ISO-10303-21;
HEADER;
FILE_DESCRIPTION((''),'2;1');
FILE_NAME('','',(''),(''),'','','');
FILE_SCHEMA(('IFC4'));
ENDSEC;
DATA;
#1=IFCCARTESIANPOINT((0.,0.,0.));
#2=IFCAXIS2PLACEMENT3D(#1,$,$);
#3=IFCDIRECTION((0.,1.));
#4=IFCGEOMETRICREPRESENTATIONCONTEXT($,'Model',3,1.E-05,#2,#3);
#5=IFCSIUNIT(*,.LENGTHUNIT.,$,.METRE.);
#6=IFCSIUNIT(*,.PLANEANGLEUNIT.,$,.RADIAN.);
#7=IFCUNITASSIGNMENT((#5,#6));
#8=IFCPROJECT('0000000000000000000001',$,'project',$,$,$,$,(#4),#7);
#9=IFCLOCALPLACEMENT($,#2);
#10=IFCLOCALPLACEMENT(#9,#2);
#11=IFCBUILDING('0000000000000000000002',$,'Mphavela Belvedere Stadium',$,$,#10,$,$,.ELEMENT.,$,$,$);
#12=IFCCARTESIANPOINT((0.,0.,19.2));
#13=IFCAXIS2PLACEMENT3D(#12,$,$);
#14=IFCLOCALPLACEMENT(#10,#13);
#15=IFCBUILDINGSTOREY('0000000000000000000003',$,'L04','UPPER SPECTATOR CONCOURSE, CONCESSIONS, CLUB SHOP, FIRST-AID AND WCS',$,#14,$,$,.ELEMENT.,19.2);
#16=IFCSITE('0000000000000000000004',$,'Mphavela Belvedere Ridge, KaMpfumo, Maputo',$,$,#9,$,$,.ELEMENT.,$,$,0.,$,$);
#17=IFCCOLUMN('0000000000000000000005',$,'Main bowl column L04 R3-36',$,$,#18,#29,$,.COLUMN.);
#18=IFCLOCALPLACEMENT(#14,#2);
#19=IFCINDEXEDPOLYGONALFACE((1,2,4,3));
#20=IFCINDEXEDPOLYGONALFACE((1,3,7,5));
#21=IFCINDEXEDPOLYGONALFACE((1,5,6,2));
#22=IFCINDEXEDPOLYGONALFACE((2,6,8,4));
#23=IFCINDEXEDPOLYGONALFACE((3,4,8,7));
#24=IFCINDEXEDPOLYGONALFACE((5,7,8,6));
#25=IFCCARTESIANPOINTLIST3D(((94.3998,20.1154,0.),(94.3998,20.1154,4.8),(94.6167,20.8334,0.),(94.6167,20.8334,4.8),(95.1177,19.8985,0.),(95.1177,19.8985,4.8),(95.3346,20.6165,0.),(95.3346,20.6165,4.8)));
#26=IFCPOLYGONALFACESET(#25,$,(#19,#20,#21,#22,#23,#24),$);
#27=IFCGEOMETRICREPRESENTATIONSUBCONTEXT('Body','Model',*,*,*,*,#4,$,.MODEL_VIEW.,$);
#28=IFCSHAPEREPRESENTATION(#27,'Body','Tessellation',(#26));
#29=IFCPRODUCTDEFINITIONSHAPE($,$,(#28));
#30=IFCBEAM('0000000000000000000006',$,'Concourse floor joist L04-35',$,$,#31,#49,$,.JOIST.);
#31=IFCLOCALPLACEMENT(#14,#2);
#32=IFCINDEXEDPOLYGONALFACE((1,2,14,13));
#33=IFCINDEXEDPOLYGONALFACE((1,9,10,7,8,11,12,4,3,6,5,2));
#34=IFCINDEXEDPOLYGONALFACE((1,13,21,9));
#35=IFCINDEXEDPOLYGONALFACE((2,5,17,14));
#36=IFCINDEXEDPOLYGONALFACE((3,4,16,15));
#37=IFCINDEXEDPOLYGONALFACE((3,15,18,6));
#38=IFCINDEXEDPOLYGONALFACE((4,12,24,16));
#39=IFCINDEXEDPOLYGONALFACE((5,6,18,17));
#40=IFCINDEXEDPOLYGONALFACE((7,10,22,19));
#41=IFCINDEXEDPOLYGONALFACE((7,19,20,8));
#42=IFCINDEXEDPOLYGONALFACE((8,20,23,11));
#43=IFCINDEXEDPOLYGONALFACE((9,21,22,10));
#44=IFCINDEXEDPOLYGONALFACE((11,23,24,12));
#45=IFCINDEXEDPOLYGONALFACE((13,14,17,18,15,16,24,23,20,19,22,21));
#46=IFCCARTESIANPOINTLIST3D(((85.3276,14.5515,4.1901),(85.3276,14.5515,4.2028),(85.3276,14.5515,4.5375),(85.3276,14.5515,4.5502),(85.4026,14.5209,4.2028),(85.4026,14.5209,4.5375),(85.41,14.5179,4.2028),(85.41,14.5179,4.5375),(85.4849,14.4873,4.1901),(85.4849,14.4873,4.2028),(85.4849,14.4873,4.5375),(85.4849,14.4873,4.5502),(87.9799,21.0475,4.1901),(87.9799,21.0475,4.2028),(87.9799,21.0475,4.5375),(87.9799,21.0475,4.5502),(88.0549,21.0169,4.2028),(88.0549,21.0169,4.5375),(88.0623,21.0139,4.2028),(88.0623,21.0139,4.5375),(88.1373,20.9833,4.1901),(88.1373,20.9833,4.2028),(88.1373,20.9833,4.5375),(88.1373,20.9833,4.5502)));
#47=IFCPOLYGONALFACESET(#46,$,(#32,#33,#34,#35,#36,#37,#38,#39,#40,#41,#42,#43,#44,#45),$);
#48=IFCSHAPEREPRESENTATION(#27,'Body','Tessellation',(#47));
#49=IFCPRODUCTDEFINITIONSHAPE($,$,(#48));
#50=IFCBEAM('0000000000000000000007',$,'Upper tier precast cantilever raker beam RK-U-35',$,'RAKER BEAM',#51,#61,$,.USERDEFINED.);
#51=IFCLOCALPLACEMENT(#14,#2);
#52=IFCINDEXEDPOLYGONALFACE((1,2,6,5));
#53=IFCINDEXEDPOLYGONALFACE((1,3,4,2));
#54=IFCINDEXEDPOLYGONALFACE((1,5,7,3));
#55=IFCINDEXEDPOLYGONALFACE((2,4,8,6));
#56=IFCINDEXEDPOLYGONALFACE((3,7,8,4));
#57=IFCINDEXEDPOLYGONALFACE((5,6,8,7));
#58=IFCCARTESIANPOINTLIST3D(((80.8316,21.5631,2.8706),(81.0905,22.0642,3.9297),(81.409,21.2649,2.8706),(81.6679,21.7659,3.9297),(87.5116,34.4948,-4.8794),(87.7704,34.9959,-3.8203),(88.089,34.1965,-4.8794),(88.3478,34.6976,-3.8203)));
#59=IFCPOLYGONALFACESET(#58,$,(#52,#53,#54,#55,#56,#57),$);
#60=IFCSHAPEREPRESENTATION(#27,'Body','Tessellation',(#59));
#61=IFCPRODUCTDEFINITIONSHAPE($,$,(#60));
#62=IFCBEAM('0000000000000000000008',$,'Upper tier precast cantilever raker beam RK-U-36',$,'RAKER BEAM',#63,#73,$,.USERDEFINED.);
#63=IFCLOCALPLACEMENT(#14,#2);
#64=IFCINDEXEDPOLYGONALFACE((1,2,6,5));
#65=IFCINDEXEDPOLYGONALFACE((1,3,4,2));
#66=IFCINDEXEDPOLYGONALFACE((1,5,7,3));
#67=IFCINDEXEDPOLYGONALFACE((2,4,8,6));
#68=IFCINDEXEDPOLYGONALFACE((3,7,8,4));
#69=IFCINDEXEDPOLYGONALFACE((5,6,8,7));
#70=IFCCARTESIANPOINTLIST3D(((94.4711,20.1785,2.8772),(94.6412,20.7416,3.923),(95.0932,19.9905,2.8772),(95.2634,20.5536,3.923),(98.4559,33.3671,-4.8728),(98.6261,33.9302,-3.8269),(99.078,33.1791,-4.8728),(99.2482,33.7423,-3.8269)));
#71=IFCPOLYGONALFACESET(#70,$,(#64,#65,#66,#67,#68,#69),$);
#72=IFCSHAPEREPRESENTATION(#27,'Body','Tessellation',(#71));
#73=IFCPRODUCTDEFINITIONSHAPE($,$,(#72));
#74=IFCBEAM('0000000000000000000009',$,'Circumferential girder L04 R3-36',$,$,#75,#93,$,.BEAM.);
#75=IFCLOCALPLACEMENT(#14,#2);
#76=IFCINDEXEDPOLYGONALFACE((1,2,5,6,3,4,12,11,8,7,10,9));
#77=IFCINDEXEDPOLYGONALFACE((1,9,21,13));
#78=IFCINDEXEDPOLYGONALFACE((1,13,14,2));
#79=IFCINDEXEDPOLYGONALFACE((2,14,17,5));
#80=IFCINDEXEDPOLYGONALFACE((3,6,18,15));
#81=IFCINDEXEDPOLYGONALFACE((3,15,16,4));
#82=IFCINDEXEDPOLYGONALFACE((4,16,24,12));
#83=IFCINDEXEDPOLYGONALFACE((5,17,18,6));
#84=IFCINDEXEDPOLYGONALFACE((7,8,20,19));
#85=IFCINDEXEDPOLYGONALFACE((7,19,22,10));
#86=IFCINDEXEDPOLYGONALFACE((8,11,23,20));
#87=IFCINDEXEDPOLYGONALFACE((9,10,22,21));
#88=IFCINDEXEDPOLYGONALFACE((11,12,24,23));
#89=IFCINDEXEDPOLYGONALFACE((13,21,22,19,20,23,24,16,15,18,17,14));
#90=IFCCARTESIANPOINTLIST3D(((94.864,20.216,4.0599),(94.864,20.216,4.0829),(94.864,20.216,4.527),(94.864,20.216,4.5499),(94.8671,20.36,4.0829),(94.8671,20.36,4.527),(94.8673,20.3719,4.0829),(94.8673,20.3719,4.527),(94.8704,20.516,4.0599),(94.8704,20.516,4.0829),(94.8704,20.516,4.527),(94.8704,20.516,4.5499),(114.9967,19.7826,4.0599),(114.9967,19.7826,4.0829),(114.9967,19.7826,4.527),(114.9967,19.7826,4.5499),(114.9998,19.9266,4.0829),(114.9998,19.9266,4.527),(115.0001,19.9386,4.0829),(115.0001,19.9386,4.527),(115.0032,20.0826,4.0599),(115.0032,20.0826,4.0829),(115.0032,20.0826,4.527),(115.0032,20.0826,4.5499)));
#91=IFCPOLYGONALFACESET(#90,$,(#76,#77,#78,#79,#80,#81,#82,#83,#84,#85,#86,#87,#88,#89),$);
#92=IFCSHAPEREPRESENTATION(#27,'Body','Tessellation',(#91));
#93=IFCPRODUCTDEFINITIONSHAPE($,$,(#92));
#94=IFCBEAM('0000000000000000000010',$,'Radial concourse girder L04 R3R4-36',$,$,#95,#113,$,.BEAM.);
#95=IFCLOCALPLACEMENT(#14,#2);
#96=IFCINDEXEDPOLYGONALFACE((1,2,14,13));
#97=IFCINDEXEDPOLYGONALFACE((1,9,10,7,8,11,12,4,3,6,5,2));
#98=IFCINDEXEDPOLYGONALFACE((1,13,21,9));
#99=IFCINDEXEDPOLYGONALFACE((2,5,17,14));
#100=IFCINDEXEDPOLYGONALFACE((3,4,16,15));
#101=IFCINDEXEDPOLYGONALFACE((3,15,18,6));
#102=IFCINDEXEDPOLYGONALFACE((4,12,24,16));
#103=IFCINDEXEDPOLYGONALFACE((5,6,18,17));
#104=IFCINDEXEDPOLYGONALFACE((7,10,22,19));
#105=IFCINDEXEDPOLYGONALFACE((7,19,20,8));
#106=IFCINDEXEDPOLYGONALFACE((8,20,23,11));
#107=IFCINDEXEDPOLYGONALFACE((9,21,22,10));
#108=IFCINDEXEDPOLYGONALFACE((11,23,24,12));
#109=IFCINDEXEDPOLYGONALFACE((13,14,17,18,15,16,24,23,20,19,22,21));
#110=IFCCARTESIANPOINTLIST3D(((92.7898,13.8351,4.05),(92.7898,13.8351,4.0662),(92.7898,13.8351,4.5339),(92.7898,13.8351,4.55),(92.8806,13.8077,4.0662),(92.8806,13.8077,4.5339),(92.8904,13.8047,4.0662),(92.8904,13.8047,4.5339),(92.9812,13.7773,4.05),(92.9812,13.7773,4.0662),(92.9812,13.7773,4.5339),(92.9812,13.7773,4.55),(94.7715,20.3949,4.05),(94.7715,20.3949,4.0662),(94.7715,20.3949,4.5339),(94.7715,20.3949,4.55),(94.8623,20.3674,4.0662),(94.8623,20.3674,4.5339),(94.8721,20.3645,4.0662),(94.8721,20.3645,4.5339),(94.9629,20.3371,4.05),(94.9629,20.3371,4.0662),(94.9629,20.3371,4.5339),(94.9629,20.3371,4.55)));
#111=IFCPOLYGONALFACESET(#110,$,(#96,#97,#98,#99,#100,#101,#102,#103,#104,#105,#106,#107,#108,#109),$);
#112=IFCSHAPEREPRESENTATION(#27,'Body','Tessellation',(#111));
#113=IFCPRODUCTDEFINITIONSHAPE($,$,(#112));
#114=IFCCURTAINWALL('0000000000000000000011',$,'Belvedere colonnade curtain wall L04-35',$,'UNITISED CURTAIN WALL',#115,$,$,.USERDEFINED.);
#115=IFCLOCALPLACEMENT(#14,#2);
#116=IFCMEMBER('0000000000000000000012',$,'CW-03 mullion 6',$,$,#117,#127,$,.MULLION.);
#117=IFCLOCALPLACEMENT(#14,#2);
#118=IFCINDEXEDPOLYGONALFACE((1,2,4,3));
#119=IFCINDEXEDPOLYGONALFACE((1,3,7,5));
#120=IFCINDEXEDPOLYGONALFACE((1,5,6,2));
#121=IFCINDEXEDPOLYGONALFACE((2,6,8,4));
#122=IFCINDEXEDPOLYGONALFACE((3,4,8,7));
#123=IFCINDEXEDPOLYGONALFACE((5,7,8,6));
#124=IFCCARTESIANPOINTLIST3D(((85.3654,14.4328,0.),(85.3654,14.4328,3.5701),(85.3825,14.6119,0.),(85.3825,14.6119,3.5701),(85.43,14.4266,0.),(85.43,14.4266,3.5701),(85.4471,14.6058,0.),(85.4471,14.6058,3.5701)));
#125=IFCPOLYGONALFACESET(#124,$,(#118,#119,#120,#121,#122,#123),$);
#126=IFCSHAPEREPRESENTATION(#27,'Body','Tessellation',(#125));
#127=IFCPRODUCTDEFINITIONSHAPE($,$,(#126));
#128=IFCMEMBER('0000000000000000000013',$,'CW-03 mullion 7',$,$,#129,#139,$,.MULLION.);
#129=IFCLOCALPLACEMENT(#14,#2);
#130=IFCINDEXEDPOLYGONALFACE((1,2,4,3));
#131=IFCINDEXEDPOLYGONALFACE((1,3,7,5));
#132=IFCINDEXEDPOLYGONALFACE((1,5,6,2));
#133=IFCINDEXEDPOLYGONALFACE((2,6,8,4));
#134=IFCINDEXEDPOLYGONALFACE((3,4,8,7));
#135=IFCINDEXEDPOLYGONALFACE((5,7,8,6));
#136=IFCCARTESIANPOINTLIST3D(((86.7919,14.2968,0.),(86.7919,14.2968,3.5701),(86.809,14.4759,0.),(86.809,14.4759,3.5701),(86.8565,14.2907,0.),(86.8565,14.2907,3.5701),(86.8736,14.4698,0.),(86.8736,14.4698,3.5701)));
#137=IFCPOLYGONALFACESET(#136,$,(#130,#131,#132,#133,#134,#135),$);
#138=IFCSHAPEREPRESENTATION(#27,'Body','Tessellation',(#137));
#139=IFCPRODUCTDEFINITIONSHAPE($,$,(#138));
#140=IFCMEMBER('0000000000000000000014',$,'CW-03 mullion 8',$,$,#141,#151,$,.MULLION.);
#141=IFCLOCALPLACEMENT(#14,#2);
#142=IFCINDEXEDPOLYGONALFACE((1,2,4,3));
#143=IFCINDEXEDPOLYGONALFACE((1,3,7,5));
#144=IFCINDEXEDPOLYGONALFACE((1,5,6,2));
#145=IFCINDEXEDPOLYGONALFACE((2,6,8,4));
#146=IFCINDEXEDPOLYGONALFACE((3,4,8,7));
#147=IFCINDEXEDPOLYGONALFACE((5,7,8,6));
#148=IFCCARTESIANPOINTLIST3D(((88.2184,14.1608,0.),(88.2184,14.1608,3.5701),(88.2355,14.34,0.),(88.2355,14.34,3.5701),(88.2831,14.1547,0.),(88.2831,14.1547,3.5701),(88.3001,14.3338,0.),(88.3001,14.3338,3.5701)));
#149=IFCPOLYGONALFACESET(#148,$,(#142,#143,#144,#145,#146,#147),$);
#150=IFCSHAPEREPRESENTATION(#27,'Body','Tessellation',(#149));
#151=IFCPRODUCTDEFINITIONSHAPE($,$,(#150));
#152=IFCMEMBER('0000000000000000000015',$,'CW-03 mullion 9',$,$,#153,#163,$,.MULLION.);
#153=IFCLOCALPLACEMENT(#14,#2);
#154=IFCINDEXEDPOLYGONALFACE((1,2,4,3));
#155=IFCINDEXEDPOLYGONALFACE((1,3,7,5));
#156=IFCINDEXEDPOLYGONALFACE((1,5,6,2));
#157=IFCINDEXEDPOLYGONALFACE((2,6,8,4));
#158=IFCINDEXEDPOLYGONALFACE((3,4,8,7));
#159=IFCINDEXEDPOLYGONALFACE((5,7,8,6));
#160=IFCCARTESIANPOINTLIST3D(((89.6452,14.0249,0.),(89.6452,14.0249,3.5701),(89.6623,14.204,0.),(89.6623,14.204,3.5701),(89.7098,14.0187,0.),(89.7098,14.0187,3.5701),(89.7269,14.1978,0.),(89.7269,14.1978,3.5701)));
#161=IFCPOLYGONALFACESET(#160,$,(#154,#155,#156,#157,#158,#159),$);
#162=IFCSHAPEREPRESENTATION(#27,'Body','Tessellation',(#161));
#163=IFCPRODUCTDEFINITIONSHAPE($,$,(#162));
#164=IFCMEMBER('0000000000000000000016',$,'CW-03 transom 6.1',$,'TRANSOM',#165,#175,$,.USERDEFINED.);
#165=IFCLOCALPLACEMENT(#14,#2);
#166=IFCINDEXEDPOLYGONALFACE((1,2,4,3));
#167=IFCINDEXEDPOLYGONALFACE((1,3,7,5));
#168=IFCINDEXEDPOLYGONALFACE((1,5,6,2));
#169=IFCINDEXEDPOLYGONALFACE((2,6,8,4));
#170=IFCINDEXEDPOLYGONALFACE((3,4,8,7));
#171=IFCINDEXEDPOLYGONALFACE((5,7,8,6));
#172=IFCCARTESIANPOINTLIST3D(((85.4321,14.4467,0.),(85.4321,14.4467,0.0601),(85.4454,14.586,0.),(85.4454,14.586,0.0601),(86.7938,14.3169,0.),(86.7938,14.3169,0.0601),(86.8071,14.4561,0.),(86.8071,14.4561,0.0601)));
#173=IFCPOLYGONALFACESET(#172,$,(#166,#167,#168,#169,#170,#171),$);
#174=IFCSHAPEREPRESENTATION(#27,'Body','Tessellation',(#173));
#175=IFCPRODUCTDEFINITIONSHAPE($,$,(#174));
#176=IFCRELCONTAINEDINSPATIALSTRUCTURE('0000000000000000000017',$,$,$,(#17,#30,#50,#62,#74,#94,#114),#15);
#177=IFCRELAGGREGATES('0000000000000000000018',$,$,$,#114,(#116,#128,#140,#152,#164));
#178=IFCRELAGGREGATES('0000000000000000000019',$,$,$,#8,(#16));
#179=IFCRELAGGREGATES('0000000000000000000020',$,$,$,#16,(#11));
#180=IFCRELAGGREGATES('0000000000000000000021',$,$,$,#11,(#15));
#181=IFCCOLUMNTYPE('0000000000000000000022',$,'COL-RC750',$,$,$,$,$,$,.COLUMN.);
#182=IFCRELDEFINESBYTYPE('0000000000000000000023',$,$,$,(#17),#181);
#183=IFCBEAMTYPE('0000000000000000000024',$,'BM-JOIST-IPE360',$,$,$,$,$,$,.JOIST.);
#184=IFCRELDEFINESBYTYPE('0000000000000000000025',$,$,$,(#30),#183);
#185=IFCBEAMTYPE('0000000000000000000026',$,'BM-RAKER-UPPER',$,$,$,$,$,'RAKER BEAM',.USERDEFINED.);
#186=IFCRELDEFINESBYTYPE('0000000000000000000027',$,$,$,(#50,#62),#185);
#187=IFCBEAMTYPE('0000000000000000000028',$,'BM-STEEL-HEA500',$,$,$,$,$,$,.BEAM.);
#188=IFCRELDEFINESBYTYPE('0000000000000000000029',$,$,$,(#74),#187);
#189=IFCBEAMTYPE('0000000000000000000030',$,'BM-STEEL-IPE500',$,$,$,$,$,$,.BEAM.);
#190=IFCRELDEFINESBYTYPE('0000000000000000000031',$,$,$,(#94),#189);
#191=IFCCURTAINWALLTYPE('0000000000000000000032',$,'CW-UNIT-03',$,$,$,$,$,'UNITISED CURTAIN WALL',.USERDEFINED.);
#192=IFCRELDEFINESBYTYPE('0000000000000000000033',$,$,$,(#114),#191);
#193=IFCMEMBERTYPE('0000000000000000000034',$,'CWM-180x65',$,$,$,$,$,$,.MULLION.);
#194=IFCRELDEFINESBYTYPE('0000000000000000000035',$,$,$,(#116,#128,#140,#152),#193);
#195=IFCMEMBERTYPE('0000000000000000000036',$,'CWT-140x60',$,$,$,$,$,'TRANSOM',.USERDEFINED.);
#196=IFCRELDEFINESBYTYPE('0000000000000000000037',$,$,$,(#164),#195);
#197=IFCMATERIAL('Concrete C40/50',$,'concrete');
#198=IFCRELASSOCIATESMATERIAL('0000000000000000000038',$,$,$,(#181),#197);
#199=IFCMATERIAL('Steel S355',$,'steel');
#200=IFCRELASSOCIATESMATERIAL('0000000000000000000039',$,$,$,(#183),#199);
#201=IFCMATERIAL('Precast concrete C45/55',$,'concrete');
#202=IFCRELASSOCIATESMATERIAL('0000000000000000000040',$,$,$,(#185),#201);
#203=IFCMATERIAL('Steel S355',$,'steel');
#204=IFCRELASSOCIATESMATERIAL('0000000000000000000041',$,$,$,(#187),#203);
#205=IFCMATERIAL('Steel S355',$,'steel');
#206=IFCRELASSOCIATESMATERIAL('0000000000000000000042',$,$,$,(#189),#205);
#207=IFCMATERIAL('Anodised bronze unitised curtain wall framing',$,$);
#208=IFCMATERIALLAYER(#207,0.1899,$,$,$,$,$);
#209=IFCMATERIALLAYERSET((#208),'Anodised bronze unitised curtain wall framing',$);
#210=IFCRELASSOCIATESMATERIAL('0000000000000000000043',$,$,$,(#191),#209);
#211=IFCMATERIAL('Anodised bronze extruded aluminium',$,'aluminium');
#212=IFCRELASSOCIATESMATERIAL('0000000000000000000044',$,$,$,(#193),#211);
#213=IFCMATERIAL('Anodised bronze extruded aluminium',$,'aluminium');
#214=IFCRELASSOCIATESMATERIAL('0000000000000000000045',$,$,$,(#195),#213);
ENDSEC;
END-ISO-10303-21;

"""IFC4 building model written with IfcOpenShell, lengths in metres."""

from ifc_helpers import new_model, si_unit, direction, frame, origin, origin_2d, place, context, subcontext, project, spatial, rectangle, i_section, extrude, material, layer, layer_set, material_profile, profile_set, type_object, element, aggregate, save


model = new_model("IFC4")

# Units and contexts
model_context = context("Model", 3, precision=1e-05, world=origin(), true_north=direction((0.0, 1.0)))
body_context = subcontext(model_context, "Body", "Model", "MODEL_VIEW")
ifc_project = project(units=[si_unit("LENGTHUNIT", "METRE"), si_unit("PLANEANGLEUNIT", "RADIAN")], contexts=[model_context])

# Site, building, storey
site_placement = place(None, origin())
site = spatial("IfcSite", under=ifc_project, at=site_placement, Name="Mphavela Belvedere Ridge, KaMpfumo, Maputo", CompositionType="ELEMENT", RefElevation=0.0)
building_placement = place(site_placement, origin())
building = spatial("IfcBuilding", under=site, at=building_placement, Name="Mphavela Belvedere Stadium", CompositionType="ELEMENT")
storey_placement = place(building_placement, frame((0.0, 0.0, 19.2)))
storey = spatial("IfcBuildingStorey", under=building, at=storey_placement, Name="L04", Description="UPPER SPECTATOR CONCOURSE, CONCESSIONS, CLUB SHOP, FIRST-AID AND WCS", CompositionType="ELEMENT", Elevation=19.2)

# Column
ifc_material_1 = material(Name="Concrete C40/50", Category="concrete")
ifc_material_profile_1 = material_profile(ifc_material_1, rectangle(XDim=0.75, YDim=0.75, at=origin_2d()), Name="RC 750x750")
ifc_profile_set_1 = profile_set([ifc_material_profile_1], Name="Concrete C40/50")
column_type = type_object("IfcColumnType", Name="COL-RC750", PredefinedType="COLUMN", material=ifc_profile_set_1)
column_placement = place(storey_placement, frame((94.8672, 20.366, 0.0), z_axis=(0.0, 0.0, 1.0), x_axis=(-0.289199, -0.957269, 0.0)))
element("IfcColumn", 1, at=column_placement, inside=storey, type_object=column_type, Name="Main bowl column L04 R3-36", PredefinedType="COLUMN", context=body_context, shape_type="SweptSolid", body=[
    extrude(rectangle(XDim=0.75, YDim=0.75, at=origin_2d()), origin(), (0.0, 0.0, 1.0), 4.8),
])

# Beams
ifc_material_2 = material(Name="Steel S355", Category="steel")
ifc_material_profile_2 = material_profile(ifc_material_2, i_section(OverallWidth=0.1699, OverallDepth=0.3601, WebThickness=0.0081, FlangeThickness=0.0127, at=origin_2d()), Name="IPE 360")
ifc_profile_set_2 = profile_set([ifc_material_profile_2], Name="Steel S355")
beam_type_1 = type_object("IfcBeamType", Name="BM-JOIST-IPE360", PredefinedType="JOIST", material=ifc_profile_set_2)
beam_1_placement = place(storey_placement, frame((88.0586, 21.0154, 4.3701), z_axis=(-0.378004, -0.925804, 0.0), x_axis=(0.925804, -0.378004, 0.0)))
element("IfcBeam", 2, at=beam_1_placement, inside=storey, type_object=beam_type_1, Name="Concourse floor joist L04-35", PredefinedType="JOIST", context=body_context, shape_type="SweptSolid", body=[
    extrude(i_section(OverallWidth=0.1699, OverallDepth=0.3601, WebThickness=0.0081, FlangeThickness=0.0127, at=origin_2d()), origin(), (0.0, 0.0, 1.0), 7.0166),
])
ifc_material_3 = material(Name="Precast concrete C45/55", Category="concrete")
ifc_material_profile_3 = material_profile(ifc_material_3, rectangle(XDim=0.6499, YDim=1.2, at=origin_2d()), Name="PC 650x1200")
ifc_profile_set_3 = profile_set([ifc_material_profile_3], Name="Precast concrete C45/55")
beam_type_2 = type_object("IfcBeamType", Name="BM-RAKER-UPPER", ElementType="RAKER BEAM", PredefinedType="USERDEFINED", material=ifc_profile_set_3)
beam_2_placement = place(storey_placement, frame((87.9297, 34.5962, -4.3499), z_axis=(-0.405096, -0.784224, 0.469989), x_axis=(0.888466, -0.458943, 0.0)))
element("IfcBeam", 3, at=beam_2_placement, inside=storey, type_object=beam_type_2, Name="Upper tier precast cantilever raker beam RK-U-35", ObjectType="RAKER BEAM", PredefinedType="USERDEFINED", context=body_context, shape_type="SweptSolid", body=[
    extrude(rectangle(XDim=0.6499, YDim=1.2, at=origin_2d()), origin(), (0.0, 0.0, 1.0), 16.4897),
])
beam_3_placement = place(storey_placement, frame((98.8521, 33.5547, -4.3499), z_axis=(-0.252083, -0.834322, 0.490267), x_axis=(0.95726, -0.289228, 0.0)))
element("IfcBeam", 4, at=beam_3_placement, inside=storey, type_object=beam_type_2, Name="Upper tier precast cantilever raker beam RK-U-36", ObjectType="RAKER BEAM", PredefinedType="USERDEFINED", context=body_context, shape_type="SweptSolid", body=[
    extrude(rectangle(XDim=0.6499, YDim=1.2, at=origin_2d()), origin(), (0.0, 0.0, 1.0), 15.8076),
])
ifc_material_4 = material(Name="Steel S355", Category="steel")
ifc_material_profile_4 = material_profile(ifc_material_4, i_section(OverallWidth=0.3, OverallDepth=0.49, WebThickness=0.012, FlangeThickness=0.0229, at=origin_2d()), Name="HEA 500")
ifc_profile_set_4 = profile_set([ifc_material_profile_4], Name="Steel S355")
beam_type_3 = type_object("IfcBeamType", Name="BM-STEEL-HEA500", PredefinedType="BEAM", material=ifc_profile_set_4)
beam_4_placement = place(storey_placement, frame((94.8672, 20.366, 4.3049), z_axis=(0.999768, -0.02152, 0.0), x_axis=(0.02152, 0.999768, 0.0)))
element("IfcBeam", 5, at=beam_4_placement, inside=storey, type_object=beam_type_3, Name="Circumferential girder L04 R3-36", PredefinedType="BEAM", context=body_context, shape_type="SweptSolid", body=[
    extrude(i_section(OverallWidth=0.3, OverallDepth=0.49, WebThickness=0.012, FlangeThickness=0.0229, at=origin_2d()), origin(), (0.0, 0.0, 1.0), 20.1375),
])
ifc_material_5 = material(Name="Steel S355", Category="steel")
ifc_material_profile_5 = material_profile(ifc_material_5, i_section(OverallWidth=0.2, OverallDepth=0.5, WebThickness=0.0103, FlangeThickness=0.0161, at=origin_2d()), Name="IPE 500")
ifc_profile_set_5 = profile_set([ifc_material_profile_5], Name="Steel S355")
beam_type_4 = type_object("IfcBeamType", Name="BM-STEEL-IPE500", PredefinedType="BEAM", material=ifc_profile_set_5)
beam_5_placement = place(storey_placement, frame((94.8672, 20.366, 4.3), z_axis=(-0.289188, -0.957272, 0.0), x_axis=(0.957272, -0.289188, 0.0)))
element("IfcBeam", 6, at=beam_5_placement, inside=storey, type_object=beam_type_4, Name="Radial concourse girder L04 R3R4-36", PredefinedType="BEAM", context=body_context, shape_type="SweptSolid", body=[
    extrude(i_section(OverallWidth=0.2, OverallDepth=0.5, WebThickness=0.0103, FlangeThickness=0.0161, at=origin_2d()), origin(), (0.0, 0.0, 1.0), 6.8525),
])

# Curtain wall, members
ifc_material_6 = material(Name="Anodised bronze unitised curtain wall framing")
ifc_layer_1 = layer(ifc_material_6, 0.1899)
ifc_layer_set_1 = layer_set([ifc_layer_1], Name="Anodised bronze unitised curtain wall framing")
curtain_wall_type = type_object("IfcCurtainWallType", Name="CW-UNIT-03", ElementType="UNITISED CURTAIN WALL", PredefinedType="USERDEFINED", material=ifc_layer_set_1)
curtain_wall_placement = place(storey_placement, origin())
curtain_wall = element("IfcCurtainWall", 7, at=curtain_wall_placement, inside=storey, type_object=curtain_wall_type, Name="Belvedere colonnade curtain wall L04-35", ObjectType="UNITISED CURTAIN WALL", PredefinedType="USERDEFINED")
ifc_material_7 = material(Name="Anodised bronze extruded aluminium", Category="aluminium")
ifc_material_profile_6 = material_profile(ifc_material_7, rectangle(XDim=0.1799, YDim=0.0649, at=origin_2d()), Name="CW-MUL 180x65")
ifc_profile_set_6 = profile_set([ifc_material_profile_6], Name="Anodised bronze extruded aluminium")
member_type_1 = type_object("IfcMemberType", Name="CWM-180x65", PredefinedType="MULLION", material=ifc_profile_set_6)
member_1_placement = place(storey_placement, frame((85.4062, 14.5193, 0.0), z_axis=(0.0, 0.0, 1.0), x_axis=(0.094933, 0.995484, 0.0)))
member_1 = element("IfcMember", 8, at=member_1_placement, type_object=member_type_1, Name="CW-03 mullion 6", PredefinedType="MULLION", context=body_context, shape_type="SweptSolid", body=[
    extrude(rectangle(XDim=0.1799, YDim=0.0649, at=origin_2d()), origin(), (0.0, 0.0, 1.0), 3.5701),
])
member_2_placement = place(storey_placement, frame((86.8328, 14.3833, 0.0), z_axis=(0.0, 0.0, 1.0), x_axis=(0.094933, 0.995484, 0.0)))
member_2 = element("IfcMember", 9, at=member_2_placement, type_object=member_type_1, Name="CW-03 mullion 7", PredefinedType="MULLION", context=body_context, shape_type="SweptSolid", body=[
    extrude(rectangle(XDim=0.1799, YDim=0.0649, at=origin_2d()), origin(), (0.0, 0.0, 1.0), 3.5701),
])
member_3_placement = place(storey_placement, frame((88.2593, 14.2473, 0.0), z_axis=(0.0, 0.0, 1.0), x_axis=(0.094933, 0.995484, 0.0)))
member_3 = element("IfcMember", 10, at=member_3_placement, type_object=member_type_1, Name="CW-03 mullion 8", PredefinedType="MULLION", context=body_context, shape_type="SweptSolid", body=[
    extrude(rectangle(XDim=0.1799, YDim=0.0649, at=origin_2d()), origin(), (0.0, 0.0, 1.0), 3.5701),
])
member_4_placement = place(storey_placement, frame((89.686, 14.1113, 0.0), z_axis=(0.0, 0.0, 1.0), x_axis=(0.094933, 0.995484, 0.0)))
member_4 = element("IfcMember", 11, at=member_4_placement, type_object=member_type_1, Name="CW-03 mullion 9", PredefinedType="MULLION", context=body_context, shape_type="SweptSolid", body=[
    extrude(rectangle(XDim=0.1799, YDim=0.0649, at=origin_2d()), origin(), (0.0, 0.0, 1.0), 3.5701),
])
ifc_material_8 = material(Name="Anodised bronze extruded aluminium", Category="aluminium")
ifc_material_profile_7 = material_profile(ifc_material_8, rectangle(XDim=0.1399, YDim=0.0601, at=origin_2d()), Name="CW-TRN 140x60")
ifc_profile_set_7 = profile_set([ifc_material_profile_7], Name="Anodised bronze extruded aluminium")
member_type_2 = type_object("IfcMemberType", Name="CWT-140x60", ElementType="TRANSOM", PredefinedType="USERDEFINED", material=ifc_profile_set_7)
member_5_placement = place(storey_placement, frame((85.4387, 14.5164, 0.03), z_axis=(0.995483, -0.094944, 0.0), x_axis=(0.094944, 0.995483, 0.0)))
member_5 = element("IfcMember", 12, at=member_5_placement, type_object=member_type_2, Name="CW-03 transom 6.1", ObjectType="TRANSOM", PredefinedType="USERDEFINED", context=body_context, shape_type="SweptSolid", body=[
    extrude(rectangle(XDim=0.1399, YDim=0.0601, at=origin_2d()), origin(), (0.0, 0.0, 1.0), 1.3679),
])
aggregate(curtain_wall, [member_1, member_2, member_3, member_4, member_5])

save(model, "model.ifc")
